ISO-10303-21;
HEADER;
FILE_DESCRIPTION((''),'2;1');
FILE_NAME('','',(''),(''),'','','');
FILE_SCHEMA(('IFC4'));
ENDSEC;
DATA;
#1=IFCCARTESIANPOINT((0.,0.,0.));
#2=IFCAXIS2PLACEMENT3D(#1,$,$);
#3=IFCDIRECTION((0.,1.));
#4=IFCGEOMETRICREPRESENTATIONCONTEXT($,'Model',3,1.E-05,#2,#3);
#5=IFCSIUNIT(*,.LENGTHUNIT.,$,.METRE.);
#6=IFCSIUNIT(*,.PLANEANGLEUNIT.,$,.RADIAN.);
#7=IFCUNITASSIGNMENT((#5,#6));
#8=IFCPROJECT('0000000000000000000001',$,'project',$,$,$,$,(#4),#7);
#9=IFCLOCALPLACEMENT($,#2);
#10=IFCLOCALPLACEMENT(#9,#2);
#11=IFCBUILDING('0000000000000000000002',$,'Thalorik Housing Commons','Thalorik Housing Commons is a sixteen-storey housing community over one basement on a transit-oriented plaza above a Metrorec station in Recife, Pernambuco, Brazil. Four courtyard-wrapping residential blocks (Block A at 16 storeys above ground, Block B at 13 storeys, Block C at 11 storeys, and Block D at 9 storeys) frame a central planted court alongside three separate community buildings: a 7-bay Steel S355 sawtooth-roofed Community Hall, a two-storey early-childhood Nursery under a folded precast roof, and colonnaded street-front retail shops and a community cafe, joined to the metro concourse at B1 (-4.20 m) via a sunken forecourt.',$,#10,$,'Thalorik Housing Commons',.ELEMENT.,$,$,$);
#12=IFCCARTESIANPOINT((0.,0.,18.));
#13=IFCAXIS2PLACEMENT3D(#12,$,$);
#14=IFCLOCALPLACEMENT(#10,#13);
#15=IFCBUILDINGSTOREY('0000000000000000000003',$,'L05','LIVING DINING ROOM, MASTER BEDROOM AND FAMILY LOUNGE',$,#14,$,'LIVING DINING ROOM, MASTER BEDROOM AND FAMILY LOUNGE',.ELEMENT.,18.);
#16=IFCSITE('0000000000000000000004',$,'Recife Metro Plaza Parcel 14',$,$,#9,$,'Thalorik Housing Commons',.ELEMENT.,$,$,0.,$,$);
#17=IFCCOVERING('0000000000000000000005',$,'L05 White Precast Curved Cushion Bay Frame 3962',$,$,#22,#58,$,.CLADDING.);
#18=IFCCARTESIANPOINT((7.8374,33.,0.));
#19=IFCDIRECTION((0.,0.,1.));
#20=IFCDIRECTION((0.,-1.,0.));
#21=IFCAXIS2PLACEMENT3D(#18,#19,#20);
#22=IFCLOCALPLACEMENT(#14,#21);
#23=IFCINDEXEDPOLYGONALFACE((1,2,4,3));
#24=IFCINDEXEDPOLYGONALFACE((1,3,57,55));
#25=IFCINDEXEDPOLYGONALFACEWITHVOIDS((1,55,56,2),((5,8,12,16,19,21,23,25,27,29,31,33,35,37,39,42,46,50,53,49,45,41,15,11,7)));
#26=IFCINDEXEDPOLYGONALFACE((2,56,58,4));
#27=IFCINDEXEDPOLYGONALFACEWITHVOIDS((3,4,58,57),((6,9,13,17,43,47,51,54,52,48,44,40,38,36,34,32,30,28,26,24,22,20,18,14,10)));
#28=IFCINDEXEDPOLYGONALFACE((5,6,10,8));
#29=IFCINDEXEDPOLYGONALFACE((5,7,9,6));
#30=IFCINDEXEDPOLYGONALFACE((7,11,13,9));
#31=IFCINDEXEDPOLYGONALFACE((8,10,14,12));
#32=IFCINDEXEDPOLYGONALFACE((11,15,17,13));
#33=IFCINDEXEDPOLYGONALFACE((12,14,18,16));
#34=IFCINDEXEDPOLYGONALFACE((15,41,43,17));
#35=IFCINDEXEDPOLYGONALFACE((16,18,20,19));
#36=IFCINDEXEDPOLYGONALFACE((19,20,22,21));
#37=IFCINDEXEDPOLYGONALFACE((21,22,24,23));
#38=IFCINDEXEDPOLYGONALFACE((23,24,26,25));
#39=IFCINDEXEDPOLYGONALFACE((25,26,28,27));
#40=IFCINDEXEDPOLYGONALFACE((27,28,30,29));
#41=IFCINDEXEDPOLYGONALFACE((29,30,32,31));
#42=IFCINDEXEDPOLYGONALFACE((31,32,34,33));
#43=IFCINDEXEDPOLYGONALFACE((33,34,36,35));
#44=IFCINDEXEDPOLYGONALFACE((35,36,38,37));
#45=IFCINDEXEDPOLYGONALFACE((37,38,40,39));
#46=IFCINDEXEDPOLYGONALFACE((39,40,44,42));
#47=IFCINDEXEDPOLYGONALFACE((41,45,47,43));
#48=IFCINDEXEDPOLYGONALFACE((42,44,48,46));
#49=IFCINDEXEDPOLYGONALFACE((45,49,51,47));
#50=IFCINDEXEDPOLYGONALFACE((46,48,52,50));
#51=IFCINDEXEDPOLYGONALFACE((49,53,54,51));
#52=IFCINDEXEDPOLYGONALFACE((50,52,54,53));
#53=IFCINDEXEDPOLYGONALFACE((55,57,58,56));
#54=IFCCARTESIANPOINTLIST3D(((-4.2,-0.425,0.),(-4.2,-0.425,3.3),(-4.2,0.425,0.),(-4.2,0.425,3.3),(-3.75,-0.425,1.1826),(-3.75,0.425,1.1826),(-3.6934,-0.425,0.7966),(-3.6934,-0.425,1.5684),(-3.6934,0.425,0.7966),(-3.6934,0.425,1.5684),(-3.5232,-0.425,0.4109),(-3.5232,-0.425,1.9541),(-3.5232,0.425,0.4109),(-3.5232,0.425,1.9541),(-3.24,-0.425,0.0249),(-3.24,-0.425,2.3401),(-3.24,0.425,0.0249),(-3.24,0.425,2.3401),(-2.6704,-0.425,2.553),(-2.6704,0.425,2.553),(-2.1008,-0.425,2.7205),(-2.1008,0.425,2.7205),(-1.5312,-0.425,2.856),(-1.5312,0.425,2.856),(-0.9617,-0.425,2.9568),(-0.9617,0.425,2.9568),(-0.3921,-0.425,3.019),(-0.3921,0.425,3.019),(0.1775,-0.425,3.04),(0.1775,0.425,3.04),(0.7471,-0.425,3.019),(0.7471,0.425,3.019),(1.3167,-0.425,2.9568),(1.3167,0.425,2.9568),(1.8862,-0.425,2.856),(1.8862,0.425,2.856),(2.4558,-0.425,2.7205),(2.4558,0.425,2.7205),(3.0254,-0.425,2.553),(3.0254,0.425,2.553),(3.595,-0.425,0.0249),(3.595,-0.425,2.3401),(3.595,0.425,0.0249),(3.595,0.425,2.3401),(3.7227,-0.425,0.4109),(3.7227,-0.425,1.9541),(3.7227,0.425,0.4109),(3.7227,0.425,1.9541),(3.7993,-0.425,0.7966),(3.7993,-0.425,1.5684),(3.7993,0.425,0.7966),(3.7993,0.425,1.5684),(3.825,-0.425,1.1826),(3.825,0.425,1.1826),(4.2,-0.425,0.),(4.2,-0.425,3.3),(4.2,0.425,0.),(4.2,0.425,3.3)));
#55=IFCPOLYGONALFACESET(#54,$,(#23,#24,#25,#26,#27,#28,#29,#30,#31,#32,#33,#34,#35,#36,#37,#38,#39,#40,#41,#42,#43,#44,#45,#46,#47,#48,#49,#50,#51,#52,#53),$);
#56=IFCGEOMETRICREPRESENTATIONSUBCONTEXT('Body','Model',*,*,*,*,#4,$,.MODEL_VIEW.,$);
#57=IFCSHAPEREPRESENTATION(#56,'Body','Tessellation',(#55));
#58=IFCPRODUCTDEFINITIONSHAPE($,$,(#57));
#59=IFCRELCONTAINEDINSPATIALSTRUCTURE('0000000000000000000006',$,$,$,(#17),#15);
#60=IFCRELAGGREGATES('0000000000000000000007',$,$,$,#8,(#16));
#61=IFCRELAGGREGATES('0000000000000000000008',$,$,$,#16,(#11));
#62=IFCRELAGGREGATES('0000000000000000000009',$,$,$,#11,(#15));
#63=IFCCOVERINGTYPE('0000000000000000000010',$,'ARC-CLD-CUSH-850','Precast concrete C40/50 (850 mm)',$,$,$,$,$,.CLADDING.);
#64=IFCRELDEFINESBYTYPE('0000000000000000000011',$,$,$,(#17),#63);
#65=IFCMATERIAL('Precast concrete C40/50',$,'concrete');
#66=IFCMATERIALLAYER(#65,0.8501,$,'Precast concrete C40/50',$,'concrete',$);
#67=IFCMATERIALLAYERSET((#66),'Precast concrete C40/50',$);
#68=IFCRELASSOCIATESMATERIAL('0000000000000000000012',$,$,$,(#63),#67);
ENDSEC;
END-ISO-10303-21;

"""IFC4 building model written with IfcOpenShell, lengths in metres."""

from ifc_helpers import new_model, si_unit, direction, frame, origin, place, context, subcontext, project, spatial, polyline, outline, extrude, material, layer, layer_set, type_object, element, save


model = new_model("IFC4")

# Units and contexts
model_context = context("Model", 3, precision=1e-05, world=origin(), true_north=direction((0.0, 1.0)))
body_context = subcontext(model_context, "Body", "Model", "MODEL_VIEW")
ifc_project = project(units=[si_unit("LENGTHUNIT", "METRE"), si_unit("PLANEANGLEUNIT", "RADIAN")], contexts=[model_context])

# Site, building, storey
site_placement = place(None, origin())
site = spatial("IfcSite", under=ifc_project, at=site_placement, Name="Recife Metro Plaza Parcel 14", LongName="Thalorik Housing Commons", CompositionType="ELEMENT", RefElevation=0.0)
building_placement = place(site_placement, origin())
building = spatial("IfcBuilding", under=site, at=building_placement, Name="Thalorik Housing Commons", Description="Thalorik Housing Commons is a sixteen-storey housing community over one basement on a transit-oriented plaza above a Metrorec station in Recife, Pernambuco, Brazil. Four courtyard-wrapping residential blocks (Block A at 16 storeys above ground, Block B at 13 storeys, Block C at 11 storeys, and Block D at 9 storeys) frame a central planted court alongside three separate community buildings: a 7-bay Steel S355 sawtooth-roofed Community Hall, a two-storey early-childhood Nursery under a folded precast roof, and colonnaded street-front retail shops and a community cafe, joined to the metro concourse at B1 (-4.20 m) via a sunken forecourt.", LongName="Thalorik Housing Commons", CompositionType="ELEMENT")
storey_placement = place(building_placement, frame((0.0, 0.0, 18.0)))
storey = spatial("IfcBuildingStorey", under=building, at=storey_placement, Name="L05", Description="LIVING DINING ROOM, MASTER BEDROOM AND FAMILY LOUNGE", LongName="LIVING DINING ROOM, MASTER BEDROOM AND FAMILY LOUNGE", CompositionType="ELEMENT", Elevation=18.0)

# Shared definitions
ifc_material_1 = material(Name="Precast concrete C40/50", Category="concrete")

# Covering
ifc_layer_1 = layer(ifc_material_1, 0.8501, Name="Precast concrete C40/50", Category="concrete")
ifc_layer_set_1 = layer_set([ifc_layer_1], Name="Precast concrete C40/50")
covering_type_1 = type_object("IfcCoveringType", Name="ARC-CLD-CUSH-850", Description="Precast concrete C40/50 (850 mm)", PredefinedType="CLADDING", material=ifc_layer_set_1)
covering_1_placement = place(storey_placement, frame((7.8374, 33.0, 0.0), z_axis=(0.0, 0.0, 1.0), x_axis=(0.0, -1.0, 0.0)))
element("IfcCovering", 1, at=covering_1_placement, inside=storey, type_object=covering_type_1, Name="L05 White Precast Curved Cushion Bay Frame 3962", PredefinedType="CLADDING", context=body_context, shape_type="SweptSolid", body=[
    extrude(outline(polyline([(-4.2, 0.0), (4.2, 0.0), (4.2, 3.3), (-4.2, 3.3), (-4.2, 0.0)]), holes=[polyline([(3.595, 0.0249), (3.7227, 0.4109), (3.7993, 0.7966), (3.825, 1.1826), (3.7993, 1.5684), (3.7227, 1.9541), (3.595, 2.3401), (3.0254, 2.553), (2.4558, 2.7205), (1.8862, 2.856), (1.3167, 2.9568), (0.7471, 3.019), (0.1775, 3.04), (-0.3921, 3.019), (-0.9617, 2.9568), (-1.5312, 2.856), (-2.1008, 2.7205), (-2.6704, 2.553), (-3.24, 2.3401), (-3.5232, 1.9541), (-3.6934, 1.5684), (-3.75, 1.1826), (-3.6934, 0.7966), (-3.5232, 0.4109), (-3.24, 0.0249), (3.595, 0.0249)])]), frame((0.0, 0.425, 0.0), z_axis=(0.0, -1.0, 0.0), x_axis=(1.0, 0.0, 0.0)), (0.0, 0.0, 1.0), 0.8501),
])

save(model, "model.ifc")
